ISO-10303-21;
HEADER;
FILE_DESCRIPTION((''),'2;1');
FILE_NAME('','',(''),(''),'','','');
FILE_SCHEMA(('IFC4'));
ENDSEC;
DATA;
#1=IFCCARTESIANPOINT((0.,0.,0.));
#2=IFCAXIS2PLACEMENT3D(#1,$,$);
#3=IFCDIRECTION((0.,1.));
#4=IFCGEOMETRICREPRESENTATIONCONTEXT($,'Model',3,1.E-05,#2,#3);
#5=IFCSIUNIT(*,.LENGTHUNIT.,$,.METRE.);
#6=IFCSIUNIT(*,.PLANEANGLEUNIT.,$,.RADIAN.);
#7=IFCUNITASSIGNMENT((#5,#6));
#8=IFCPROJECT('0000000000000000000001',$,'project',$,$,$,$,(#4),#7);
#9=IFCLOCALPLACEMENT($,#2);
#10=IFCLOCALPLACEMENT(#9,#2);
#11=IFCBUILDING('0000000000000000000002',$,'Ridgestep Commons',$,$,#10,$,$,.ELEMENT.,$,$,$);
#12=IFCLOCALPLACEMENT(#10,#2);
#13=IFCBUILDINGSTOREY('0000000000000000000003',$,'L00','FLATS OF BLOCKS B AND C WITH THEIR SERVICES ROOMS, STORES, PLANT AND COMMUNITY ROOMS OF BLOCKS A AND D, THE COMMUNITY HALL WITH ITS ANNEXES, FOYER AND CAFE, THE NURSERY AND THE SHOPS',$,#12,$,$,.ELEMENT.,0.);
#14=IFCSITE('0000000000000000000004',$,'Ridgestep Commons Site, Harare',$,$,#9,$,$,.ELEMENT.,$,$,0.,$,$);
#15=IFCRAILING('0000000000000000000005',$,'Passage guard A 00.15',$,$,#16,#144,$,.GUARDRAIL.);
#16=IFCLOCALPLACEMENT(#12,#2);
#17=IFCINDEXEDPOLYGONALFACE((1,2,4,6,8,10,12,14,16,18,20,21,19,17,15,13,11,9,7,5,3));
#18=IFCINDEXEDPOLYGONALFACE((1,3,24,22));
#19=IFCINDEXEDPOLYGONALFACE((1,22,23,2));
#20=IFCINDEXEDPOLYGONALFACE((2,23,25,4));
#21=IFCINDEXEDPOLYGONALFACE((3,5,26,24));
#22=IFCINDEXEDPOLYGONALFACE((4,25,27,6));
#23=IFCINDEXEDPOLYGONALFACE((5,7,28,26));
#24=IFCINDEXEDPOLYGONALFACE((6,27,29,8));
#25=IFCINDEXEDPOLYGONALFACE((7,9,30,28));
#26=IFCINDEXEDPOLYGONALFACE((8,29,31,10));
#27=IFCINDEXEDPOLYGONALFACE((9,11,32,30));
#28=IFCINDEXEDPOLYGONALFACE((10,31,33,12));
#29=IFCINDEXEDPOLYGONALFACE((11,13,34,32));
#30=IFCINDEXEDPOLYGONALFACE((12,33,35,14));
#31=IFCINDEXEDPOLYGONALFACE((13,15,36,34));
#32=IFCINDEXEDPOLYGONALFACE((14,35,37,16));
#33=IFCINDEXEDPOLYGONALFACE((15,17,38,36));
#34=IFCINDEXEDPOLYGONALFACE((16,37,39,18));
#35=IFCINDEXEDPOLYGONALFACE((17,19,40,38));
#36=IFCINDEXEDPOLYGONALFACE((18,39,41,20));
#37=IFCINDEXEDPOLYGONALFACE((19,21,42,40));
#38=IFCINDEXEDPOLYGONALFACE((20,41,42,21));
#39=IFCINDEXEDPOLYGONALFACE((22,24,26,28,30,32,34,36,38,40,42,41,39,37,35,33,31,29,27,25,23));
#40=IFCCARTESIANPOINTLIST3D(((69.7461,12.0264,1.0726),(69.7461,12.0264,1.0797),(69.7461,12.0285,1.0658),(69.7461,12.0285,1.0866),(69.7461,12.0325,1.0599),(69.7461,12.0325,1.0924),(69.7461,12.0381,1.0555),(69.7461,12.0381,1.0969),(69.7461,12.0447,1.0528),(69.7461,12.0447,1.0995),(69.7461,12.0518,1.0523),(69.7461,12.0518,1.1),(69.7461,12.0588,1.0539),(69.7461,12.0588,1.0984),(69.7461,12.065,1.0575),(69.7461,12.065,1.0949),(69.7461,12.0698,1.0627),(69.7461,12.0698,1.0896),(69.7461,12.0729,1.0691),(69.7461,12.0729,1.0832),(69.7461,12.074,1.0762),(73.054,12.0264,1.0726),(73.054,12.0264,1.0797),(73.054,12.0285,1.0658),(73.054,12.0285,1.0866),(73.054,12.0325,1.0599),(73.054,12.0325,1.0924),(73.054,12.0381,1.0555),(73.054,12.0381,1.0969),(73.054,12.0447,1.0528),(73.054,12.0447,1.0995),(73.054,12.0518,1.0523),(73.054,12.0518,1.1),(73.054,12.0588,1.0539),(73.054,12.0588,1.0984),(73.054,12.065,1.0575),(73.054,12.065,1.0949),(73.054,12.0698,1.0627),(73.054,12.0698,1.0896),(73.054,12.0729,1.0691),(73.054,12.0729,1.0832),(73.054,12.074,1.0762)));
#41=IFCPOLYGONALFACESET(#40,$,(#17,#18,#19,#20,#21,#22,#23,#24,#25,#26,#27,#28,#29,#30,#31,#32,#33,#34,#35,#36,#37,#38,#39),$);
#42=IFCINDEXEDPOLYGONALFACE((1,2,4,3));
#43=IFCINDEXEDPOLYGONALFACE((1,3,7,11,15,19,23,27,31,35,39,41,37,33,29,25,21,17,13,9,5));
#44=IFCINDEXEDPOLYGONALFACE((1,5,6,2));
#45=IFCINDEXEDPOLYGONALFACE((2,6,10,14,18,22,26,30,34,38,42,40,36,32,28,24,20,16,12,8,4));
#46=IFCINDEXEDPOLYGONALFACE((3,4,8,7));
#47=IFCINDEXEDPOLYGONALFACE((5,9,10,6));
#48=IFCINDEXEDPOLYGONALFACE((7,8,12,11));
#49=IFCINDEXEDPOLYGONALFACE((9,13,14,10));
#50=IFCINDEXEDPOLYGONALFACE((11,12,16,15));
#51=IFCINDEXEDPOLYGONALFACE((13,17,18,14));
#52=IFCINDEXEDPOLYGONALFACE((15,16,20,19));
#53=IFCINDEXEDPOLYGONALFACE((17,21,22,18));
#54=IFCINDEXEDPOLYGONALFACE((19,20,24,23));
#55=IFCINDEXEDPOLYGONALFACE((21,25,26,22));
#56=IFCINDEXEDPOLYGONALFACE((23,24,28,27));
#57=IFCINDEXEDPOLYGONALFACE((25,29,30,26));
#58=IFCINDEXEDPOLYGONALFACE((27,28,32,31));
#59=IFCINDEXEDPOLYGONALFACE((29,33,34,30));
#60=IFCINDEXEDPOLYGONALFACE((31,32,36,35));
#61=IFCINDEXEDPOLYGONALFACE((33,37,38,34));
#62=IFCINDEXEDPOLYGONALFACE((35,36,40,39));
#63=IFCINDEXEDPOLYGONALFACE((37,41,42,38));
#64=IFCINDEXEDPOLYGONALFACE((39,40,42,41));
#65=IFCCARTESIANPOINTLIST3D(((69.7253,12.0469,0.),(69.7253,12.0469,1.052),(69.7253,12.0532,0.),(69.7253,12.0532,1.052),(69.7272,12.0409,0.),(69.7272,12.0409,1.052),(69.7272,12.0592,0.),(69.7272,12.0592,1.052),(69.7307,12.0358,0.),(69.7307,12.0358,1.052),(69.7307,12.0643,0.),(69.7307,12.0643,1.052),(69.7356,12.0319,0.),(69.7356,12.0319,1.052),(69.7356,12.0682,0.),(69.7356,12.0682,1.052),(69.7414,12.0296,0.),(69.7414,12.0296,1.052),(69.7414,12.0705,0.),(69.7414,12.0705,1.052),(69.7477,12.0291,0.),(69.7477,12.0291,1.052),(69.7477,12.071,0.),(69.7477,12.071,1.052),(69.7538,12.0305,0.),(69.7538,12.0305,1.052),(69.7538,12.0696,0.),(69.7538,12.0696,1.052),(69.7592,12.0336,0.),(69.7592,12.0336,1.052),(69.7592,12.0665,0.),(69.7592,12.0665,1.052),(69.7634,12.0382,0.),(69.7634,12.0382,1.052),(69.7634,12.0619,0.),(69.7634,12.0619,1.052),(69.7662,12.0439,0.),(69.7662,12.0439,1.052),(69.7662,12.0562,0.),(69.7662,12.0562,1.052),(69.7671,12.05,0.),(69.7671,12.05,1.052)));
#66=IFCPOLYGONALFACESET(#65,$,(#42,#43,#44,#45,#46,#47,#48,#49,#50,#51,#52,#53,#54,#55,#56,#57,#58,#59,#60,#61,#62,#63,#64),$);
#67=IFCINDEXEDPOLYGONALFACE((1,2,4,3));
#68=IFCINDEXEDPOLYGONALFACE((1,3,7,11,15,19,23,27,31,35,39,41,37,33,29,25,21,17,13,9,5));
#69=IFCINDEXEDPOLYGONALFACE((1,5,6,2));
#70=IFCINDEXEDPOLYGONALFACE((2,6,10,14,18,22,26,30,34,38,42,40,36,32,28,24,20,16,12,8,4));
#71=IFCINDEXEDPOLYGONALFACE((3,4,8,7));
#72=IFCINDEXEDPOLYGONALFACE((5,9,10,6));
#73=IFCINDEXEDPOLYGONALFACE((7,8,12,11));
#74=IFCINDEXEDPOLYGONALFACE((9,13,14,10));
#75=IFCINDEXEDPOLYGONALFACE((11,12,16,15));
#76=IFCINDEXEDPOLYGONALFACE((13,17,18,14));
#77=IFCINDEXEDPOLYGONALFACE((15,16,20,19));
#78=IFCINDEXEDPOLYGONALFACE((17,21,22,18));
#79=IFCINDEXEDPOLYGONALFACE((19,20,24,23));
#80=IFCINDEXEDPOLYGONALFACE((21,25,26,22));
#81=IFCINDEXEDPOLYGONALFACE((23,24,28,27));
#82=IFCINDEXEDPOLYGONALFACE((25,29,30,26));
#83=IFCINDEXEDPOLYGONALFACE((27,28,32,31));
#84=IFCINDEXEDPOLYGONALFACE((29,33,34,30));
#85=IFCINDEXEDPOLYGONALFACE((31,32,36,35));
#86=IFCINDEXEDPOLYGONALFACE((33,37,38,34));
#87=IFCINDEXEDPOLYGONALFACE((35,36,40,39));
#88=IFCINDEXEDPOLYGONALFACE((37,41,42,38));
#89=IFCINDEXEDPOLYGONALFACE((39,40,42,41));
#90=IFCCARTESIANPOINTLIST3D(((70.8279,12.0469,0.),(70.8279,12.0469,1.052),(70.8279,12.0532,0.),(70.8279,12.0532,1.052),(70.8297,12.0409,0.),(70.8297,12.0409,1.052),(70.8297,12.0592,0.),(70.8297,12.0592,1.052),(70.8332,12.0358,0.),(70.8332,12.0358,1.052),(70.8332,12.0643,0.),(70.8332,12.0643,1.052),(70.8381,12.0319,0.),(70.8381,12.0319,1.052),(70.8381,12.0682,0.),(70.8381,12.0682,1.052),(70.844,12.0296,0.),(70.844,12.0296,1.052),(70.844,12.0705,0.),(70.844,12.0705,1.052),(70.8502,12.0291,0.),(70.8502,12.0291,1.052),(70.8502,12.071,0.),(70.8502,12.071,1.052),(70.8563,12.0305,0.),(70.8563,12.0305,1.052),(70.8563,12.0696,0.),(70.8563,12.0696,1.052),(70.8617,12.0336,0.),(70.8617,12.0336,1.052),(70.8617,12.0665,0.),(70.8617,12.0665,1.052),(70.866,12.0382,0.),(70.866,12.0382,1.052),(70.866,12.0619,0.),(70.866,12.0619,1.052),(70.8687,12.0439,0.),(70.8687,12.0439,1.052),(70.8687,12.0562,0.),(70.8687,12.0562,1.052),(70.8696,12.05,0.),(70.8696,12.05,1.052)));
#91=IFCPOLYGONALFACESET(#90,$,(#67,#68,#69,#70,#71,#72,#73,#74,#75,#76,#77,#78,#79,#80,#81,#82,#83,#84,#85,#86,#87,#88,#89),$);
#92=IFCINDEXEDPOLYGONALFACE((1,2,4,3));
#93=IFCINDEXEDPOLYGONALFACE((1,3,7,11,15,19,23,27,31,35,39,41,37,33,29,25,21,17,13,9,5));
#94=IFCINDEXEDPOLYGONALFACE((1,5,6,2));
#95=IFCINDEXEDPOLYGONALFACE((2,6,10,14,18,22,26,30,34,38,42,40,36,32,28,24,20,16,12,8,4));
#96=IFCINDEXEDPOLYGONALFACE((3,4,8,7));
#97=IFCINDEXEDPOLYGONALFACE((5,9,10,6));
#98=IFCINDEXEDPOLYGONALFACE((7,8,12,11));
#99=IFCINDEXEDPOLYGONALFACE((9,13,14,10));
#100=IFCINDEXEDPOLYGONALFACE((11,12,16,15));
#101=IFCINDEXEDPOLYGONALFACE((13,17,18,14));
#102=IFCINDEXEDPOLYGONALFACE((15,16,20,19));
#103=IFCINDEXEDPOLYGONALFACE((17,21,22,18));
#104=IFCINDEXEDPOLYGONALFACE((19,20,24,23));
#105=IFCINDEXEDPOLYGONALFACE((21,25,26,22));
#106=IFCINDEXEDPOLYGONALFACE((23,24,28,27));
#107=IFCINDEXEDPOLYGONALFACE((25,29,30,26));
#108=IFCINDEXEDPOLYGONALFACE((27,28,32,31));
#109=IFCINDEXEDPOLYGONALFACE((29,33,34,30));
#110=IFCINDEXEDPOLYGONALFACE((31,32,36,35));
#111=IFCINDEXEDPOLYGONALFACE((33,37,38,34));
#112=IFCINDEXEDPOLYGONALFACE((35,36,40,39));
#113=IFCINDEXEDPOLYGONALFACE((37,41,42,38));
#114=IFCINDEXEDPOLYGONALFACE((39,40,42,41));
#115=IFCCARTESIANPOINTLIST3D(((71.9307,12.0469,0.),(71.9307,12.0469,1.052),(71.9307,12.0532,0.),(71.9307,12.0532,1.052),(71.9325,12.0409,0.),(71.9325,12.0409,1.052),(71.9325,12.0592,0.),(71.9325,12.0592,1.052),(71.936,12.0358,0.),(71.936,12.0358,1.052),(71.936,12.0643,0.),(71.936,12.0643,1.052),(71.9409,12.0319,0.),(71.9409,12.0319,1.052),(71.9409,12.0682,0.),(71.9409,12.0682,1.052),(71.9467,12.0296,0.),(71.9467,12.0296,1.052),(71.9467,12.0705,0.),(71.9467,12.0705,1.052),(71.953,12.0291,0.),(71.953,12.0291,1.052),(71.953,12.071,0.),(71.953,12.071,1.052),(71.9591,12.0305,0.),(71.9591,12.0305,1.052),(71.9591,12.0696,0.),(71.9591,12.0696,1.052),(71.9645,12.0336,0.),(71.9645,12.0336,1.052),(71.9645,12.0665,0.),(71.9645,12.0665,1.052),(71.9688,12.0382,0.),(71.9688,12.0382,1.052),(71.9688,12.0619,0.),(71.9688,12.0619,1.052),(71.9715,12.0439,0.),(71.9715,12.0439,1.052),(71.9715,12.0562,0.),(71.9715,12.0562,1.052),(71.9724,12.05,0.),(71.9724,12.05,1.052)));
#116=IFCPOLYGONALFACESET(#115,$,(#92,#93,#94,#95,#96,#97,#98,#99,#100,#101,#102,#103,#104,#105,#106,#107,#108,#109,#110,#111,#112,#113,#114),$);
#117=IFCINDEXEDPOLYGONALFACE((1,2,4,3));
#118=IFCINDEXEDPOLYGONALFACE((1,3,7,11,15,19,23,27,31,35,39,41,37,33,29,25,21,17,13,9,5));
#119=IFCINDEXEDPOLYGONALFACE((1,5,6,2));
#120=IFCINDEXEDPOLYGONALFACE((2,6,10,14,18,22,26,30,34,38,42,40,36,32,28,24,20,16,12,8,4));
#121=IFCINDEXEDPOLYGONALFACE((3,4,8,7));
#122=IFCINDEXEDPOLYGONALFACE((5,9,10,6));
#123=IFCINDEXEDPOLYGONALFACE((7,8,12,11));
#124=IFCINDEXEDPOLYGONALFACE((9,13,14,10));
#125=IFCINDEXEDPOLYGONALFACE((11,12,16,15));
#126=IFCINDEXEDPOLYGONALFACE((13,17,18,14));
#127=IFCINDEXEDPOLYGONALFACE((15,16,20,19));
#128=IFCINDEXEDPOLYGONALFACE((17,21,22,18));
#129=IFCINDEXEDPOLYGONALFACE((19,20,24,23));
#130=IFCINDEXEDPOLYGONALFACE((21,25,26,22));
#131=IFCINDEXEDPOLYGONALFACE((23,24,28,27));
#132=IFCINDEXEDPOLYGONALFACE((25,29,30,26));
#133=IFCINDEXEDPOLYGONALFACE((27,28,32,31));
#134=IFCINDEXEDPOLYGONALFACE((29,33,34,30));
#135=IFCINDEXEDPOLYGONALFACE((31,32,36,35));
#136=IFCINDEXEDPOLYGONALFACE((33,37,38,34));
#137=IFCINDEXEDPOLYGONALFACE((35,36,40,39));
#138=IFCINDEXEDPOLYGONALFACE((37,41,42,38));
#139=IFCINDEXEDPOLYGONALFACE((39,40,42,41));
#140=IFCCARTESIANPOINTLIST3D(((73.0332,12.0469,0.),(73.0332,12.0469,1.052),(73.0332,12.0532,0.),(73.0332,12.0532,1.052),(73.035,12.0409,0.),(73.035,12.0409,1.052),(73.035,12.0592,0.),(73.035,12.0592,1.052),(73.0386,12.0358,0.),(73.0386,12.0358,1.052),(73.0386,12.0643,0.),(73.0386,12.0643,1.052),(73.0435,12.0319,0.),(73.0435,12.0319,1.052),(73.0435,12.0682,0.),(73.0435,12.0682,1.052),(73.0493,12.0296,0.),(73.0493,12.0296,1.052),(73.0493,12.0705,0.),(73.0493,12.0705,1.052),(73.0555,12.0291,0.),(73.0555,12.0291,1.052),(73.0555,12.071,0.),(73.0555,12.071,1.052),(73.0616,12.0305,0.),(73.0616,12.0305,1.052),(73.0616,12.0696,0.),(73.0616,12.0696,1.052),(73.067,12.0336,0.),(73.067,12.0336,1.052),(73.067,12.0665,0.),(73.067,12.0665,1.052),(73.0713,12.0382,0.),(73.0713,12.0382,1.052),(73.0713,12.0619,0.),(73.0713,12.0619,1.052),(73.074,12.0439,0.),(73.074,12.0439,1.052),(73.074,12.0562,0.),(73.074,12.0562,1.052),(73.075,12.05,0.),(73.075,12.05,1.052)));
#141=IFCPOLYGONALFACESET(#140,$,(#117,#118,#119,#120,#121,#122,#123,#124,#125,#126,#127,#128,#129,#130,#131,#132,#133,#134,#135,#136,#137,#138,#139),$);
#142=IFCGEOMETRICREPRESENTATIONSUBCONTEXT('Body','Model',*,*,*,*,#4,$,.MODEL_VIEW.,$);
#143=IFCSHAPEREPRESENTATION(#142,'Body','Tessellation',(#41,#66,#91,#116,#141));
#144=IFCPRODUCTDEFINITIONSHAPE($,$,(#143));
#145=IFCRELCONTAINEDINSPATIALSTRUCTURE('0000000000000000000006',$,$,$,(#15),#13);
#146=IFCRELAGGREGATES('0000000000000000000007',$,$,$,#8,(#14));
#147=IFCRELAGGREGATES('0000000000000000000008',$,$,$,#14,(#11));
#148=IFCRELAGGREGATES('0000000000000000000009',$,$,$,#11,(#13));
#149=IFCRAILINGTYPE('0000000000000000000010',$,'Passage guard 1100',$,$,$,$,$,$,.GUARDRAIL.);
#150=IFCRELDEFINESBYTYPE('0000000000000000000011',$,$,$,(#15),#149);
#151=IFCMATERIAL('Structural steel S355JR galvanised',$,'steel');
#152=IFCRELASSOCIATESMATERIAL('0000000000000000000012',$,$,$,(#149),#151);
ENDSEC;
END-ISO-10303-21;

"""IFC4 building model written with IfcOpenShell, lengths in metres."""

from ifc_helpers import new_model, si_unit, direction, frame, origin, origin_2d, place, context, subcontext, project, spatial, circle, extrude, material, type_object, element, save


model = new_model("IFC4")

# Units and contexts
model_context = context("Model", 3, precision=1e-05, world=origin(), true_north=direction((0.0, 1.0)))
body_context = subcontext(model_context, "Body", "Model", "MODEL_VIEW")
ifc_project = project(units=[si_unit("LENGTHUNIT", "METRE"), si_unit("PLANEANGLEUNIT", "RADIAN")], contexts=[model_context])

# Site, building, storey
site_placement = place(None, origin())
site = spatial("IfcSite", under=ifc_project, at=site_placement, Name="Ridgestep Commons Site, Harare", CompositionType="ELEMENT", RefElevation=0.0)
building_placement = place(site_placement, origin())
building = spatial("IfcBuilding", under=site, at=building_placement, Name="Ridgestep Commons", CompositionType="ELEMENT")
storey_placement = place(building_placement, origin())
storey = spatial("IfcBuildingStorey", under=building, at=storey_placement, Name="L00", Description="FLATS OF BLOCKS B AND C WITH THEIR SERVICES ROOMS, STORES, PLANT AND COMMUNITY ROOMS OF BLOCKS A AND D, THE COMMUNITY HALL WITH ITS ANNEXES, FOYER AND CAFE, THE NURSERY AND THE SHOPS", CompositionType="ELEMENT", Elevation=0.0)

# Railing
ifc_material_1 = material(Name="Structural steel S355JR galvanised", Category="steel")
railing_type = type_object("IfcRailingType", Name="Passage guard 1100", PredefinedType="GUARDRAIL", material=ifc_material_1)
railing_1_placement = place(storey_placement, frame((69.7461, 12.05, 0.0)))
element("IfcRailing", 1, at=railing_1_placement, inside=storey, type_object=railing_type, Name="Passage guard A 00.15", PredefinedType="GUARDRAIL", context=body_context, shape_type="SweptSolid", body=[
    extrude(circle(Radius=0.0239, at=origin_2d()), frame((0.0, 0.0, 1.0762), z_axis=(1.0, 0.0, 0.0), x_axis=(0.0, 1.0, 0.0)), (0.0, 0.0, 1.0), 3.3079),
    extrude(circle(Radius=0.021, at=origin_2d()), origin(), (0.0, 0.0, 1.0), 1.052),
    extrude(circle(Radius=0.021, at=origin_2d()), frame((1.1025, 0.0, 0.0)), (0.0, 0.0, 1.0), 1.052),
    extrude(circle(Radius=0.021, at=origin_2d()), frame((2.2053, 0.0, 0.0)), (0.0, 0.0, 1.0), 1.052),
    extrude(circle(Radius=0.021, at=origin_2d()), frame((3.3079, 0.0, 0.0)), (0.0, 0.0, 1.0), 1.052),
])

save(model, "model.ifc")
